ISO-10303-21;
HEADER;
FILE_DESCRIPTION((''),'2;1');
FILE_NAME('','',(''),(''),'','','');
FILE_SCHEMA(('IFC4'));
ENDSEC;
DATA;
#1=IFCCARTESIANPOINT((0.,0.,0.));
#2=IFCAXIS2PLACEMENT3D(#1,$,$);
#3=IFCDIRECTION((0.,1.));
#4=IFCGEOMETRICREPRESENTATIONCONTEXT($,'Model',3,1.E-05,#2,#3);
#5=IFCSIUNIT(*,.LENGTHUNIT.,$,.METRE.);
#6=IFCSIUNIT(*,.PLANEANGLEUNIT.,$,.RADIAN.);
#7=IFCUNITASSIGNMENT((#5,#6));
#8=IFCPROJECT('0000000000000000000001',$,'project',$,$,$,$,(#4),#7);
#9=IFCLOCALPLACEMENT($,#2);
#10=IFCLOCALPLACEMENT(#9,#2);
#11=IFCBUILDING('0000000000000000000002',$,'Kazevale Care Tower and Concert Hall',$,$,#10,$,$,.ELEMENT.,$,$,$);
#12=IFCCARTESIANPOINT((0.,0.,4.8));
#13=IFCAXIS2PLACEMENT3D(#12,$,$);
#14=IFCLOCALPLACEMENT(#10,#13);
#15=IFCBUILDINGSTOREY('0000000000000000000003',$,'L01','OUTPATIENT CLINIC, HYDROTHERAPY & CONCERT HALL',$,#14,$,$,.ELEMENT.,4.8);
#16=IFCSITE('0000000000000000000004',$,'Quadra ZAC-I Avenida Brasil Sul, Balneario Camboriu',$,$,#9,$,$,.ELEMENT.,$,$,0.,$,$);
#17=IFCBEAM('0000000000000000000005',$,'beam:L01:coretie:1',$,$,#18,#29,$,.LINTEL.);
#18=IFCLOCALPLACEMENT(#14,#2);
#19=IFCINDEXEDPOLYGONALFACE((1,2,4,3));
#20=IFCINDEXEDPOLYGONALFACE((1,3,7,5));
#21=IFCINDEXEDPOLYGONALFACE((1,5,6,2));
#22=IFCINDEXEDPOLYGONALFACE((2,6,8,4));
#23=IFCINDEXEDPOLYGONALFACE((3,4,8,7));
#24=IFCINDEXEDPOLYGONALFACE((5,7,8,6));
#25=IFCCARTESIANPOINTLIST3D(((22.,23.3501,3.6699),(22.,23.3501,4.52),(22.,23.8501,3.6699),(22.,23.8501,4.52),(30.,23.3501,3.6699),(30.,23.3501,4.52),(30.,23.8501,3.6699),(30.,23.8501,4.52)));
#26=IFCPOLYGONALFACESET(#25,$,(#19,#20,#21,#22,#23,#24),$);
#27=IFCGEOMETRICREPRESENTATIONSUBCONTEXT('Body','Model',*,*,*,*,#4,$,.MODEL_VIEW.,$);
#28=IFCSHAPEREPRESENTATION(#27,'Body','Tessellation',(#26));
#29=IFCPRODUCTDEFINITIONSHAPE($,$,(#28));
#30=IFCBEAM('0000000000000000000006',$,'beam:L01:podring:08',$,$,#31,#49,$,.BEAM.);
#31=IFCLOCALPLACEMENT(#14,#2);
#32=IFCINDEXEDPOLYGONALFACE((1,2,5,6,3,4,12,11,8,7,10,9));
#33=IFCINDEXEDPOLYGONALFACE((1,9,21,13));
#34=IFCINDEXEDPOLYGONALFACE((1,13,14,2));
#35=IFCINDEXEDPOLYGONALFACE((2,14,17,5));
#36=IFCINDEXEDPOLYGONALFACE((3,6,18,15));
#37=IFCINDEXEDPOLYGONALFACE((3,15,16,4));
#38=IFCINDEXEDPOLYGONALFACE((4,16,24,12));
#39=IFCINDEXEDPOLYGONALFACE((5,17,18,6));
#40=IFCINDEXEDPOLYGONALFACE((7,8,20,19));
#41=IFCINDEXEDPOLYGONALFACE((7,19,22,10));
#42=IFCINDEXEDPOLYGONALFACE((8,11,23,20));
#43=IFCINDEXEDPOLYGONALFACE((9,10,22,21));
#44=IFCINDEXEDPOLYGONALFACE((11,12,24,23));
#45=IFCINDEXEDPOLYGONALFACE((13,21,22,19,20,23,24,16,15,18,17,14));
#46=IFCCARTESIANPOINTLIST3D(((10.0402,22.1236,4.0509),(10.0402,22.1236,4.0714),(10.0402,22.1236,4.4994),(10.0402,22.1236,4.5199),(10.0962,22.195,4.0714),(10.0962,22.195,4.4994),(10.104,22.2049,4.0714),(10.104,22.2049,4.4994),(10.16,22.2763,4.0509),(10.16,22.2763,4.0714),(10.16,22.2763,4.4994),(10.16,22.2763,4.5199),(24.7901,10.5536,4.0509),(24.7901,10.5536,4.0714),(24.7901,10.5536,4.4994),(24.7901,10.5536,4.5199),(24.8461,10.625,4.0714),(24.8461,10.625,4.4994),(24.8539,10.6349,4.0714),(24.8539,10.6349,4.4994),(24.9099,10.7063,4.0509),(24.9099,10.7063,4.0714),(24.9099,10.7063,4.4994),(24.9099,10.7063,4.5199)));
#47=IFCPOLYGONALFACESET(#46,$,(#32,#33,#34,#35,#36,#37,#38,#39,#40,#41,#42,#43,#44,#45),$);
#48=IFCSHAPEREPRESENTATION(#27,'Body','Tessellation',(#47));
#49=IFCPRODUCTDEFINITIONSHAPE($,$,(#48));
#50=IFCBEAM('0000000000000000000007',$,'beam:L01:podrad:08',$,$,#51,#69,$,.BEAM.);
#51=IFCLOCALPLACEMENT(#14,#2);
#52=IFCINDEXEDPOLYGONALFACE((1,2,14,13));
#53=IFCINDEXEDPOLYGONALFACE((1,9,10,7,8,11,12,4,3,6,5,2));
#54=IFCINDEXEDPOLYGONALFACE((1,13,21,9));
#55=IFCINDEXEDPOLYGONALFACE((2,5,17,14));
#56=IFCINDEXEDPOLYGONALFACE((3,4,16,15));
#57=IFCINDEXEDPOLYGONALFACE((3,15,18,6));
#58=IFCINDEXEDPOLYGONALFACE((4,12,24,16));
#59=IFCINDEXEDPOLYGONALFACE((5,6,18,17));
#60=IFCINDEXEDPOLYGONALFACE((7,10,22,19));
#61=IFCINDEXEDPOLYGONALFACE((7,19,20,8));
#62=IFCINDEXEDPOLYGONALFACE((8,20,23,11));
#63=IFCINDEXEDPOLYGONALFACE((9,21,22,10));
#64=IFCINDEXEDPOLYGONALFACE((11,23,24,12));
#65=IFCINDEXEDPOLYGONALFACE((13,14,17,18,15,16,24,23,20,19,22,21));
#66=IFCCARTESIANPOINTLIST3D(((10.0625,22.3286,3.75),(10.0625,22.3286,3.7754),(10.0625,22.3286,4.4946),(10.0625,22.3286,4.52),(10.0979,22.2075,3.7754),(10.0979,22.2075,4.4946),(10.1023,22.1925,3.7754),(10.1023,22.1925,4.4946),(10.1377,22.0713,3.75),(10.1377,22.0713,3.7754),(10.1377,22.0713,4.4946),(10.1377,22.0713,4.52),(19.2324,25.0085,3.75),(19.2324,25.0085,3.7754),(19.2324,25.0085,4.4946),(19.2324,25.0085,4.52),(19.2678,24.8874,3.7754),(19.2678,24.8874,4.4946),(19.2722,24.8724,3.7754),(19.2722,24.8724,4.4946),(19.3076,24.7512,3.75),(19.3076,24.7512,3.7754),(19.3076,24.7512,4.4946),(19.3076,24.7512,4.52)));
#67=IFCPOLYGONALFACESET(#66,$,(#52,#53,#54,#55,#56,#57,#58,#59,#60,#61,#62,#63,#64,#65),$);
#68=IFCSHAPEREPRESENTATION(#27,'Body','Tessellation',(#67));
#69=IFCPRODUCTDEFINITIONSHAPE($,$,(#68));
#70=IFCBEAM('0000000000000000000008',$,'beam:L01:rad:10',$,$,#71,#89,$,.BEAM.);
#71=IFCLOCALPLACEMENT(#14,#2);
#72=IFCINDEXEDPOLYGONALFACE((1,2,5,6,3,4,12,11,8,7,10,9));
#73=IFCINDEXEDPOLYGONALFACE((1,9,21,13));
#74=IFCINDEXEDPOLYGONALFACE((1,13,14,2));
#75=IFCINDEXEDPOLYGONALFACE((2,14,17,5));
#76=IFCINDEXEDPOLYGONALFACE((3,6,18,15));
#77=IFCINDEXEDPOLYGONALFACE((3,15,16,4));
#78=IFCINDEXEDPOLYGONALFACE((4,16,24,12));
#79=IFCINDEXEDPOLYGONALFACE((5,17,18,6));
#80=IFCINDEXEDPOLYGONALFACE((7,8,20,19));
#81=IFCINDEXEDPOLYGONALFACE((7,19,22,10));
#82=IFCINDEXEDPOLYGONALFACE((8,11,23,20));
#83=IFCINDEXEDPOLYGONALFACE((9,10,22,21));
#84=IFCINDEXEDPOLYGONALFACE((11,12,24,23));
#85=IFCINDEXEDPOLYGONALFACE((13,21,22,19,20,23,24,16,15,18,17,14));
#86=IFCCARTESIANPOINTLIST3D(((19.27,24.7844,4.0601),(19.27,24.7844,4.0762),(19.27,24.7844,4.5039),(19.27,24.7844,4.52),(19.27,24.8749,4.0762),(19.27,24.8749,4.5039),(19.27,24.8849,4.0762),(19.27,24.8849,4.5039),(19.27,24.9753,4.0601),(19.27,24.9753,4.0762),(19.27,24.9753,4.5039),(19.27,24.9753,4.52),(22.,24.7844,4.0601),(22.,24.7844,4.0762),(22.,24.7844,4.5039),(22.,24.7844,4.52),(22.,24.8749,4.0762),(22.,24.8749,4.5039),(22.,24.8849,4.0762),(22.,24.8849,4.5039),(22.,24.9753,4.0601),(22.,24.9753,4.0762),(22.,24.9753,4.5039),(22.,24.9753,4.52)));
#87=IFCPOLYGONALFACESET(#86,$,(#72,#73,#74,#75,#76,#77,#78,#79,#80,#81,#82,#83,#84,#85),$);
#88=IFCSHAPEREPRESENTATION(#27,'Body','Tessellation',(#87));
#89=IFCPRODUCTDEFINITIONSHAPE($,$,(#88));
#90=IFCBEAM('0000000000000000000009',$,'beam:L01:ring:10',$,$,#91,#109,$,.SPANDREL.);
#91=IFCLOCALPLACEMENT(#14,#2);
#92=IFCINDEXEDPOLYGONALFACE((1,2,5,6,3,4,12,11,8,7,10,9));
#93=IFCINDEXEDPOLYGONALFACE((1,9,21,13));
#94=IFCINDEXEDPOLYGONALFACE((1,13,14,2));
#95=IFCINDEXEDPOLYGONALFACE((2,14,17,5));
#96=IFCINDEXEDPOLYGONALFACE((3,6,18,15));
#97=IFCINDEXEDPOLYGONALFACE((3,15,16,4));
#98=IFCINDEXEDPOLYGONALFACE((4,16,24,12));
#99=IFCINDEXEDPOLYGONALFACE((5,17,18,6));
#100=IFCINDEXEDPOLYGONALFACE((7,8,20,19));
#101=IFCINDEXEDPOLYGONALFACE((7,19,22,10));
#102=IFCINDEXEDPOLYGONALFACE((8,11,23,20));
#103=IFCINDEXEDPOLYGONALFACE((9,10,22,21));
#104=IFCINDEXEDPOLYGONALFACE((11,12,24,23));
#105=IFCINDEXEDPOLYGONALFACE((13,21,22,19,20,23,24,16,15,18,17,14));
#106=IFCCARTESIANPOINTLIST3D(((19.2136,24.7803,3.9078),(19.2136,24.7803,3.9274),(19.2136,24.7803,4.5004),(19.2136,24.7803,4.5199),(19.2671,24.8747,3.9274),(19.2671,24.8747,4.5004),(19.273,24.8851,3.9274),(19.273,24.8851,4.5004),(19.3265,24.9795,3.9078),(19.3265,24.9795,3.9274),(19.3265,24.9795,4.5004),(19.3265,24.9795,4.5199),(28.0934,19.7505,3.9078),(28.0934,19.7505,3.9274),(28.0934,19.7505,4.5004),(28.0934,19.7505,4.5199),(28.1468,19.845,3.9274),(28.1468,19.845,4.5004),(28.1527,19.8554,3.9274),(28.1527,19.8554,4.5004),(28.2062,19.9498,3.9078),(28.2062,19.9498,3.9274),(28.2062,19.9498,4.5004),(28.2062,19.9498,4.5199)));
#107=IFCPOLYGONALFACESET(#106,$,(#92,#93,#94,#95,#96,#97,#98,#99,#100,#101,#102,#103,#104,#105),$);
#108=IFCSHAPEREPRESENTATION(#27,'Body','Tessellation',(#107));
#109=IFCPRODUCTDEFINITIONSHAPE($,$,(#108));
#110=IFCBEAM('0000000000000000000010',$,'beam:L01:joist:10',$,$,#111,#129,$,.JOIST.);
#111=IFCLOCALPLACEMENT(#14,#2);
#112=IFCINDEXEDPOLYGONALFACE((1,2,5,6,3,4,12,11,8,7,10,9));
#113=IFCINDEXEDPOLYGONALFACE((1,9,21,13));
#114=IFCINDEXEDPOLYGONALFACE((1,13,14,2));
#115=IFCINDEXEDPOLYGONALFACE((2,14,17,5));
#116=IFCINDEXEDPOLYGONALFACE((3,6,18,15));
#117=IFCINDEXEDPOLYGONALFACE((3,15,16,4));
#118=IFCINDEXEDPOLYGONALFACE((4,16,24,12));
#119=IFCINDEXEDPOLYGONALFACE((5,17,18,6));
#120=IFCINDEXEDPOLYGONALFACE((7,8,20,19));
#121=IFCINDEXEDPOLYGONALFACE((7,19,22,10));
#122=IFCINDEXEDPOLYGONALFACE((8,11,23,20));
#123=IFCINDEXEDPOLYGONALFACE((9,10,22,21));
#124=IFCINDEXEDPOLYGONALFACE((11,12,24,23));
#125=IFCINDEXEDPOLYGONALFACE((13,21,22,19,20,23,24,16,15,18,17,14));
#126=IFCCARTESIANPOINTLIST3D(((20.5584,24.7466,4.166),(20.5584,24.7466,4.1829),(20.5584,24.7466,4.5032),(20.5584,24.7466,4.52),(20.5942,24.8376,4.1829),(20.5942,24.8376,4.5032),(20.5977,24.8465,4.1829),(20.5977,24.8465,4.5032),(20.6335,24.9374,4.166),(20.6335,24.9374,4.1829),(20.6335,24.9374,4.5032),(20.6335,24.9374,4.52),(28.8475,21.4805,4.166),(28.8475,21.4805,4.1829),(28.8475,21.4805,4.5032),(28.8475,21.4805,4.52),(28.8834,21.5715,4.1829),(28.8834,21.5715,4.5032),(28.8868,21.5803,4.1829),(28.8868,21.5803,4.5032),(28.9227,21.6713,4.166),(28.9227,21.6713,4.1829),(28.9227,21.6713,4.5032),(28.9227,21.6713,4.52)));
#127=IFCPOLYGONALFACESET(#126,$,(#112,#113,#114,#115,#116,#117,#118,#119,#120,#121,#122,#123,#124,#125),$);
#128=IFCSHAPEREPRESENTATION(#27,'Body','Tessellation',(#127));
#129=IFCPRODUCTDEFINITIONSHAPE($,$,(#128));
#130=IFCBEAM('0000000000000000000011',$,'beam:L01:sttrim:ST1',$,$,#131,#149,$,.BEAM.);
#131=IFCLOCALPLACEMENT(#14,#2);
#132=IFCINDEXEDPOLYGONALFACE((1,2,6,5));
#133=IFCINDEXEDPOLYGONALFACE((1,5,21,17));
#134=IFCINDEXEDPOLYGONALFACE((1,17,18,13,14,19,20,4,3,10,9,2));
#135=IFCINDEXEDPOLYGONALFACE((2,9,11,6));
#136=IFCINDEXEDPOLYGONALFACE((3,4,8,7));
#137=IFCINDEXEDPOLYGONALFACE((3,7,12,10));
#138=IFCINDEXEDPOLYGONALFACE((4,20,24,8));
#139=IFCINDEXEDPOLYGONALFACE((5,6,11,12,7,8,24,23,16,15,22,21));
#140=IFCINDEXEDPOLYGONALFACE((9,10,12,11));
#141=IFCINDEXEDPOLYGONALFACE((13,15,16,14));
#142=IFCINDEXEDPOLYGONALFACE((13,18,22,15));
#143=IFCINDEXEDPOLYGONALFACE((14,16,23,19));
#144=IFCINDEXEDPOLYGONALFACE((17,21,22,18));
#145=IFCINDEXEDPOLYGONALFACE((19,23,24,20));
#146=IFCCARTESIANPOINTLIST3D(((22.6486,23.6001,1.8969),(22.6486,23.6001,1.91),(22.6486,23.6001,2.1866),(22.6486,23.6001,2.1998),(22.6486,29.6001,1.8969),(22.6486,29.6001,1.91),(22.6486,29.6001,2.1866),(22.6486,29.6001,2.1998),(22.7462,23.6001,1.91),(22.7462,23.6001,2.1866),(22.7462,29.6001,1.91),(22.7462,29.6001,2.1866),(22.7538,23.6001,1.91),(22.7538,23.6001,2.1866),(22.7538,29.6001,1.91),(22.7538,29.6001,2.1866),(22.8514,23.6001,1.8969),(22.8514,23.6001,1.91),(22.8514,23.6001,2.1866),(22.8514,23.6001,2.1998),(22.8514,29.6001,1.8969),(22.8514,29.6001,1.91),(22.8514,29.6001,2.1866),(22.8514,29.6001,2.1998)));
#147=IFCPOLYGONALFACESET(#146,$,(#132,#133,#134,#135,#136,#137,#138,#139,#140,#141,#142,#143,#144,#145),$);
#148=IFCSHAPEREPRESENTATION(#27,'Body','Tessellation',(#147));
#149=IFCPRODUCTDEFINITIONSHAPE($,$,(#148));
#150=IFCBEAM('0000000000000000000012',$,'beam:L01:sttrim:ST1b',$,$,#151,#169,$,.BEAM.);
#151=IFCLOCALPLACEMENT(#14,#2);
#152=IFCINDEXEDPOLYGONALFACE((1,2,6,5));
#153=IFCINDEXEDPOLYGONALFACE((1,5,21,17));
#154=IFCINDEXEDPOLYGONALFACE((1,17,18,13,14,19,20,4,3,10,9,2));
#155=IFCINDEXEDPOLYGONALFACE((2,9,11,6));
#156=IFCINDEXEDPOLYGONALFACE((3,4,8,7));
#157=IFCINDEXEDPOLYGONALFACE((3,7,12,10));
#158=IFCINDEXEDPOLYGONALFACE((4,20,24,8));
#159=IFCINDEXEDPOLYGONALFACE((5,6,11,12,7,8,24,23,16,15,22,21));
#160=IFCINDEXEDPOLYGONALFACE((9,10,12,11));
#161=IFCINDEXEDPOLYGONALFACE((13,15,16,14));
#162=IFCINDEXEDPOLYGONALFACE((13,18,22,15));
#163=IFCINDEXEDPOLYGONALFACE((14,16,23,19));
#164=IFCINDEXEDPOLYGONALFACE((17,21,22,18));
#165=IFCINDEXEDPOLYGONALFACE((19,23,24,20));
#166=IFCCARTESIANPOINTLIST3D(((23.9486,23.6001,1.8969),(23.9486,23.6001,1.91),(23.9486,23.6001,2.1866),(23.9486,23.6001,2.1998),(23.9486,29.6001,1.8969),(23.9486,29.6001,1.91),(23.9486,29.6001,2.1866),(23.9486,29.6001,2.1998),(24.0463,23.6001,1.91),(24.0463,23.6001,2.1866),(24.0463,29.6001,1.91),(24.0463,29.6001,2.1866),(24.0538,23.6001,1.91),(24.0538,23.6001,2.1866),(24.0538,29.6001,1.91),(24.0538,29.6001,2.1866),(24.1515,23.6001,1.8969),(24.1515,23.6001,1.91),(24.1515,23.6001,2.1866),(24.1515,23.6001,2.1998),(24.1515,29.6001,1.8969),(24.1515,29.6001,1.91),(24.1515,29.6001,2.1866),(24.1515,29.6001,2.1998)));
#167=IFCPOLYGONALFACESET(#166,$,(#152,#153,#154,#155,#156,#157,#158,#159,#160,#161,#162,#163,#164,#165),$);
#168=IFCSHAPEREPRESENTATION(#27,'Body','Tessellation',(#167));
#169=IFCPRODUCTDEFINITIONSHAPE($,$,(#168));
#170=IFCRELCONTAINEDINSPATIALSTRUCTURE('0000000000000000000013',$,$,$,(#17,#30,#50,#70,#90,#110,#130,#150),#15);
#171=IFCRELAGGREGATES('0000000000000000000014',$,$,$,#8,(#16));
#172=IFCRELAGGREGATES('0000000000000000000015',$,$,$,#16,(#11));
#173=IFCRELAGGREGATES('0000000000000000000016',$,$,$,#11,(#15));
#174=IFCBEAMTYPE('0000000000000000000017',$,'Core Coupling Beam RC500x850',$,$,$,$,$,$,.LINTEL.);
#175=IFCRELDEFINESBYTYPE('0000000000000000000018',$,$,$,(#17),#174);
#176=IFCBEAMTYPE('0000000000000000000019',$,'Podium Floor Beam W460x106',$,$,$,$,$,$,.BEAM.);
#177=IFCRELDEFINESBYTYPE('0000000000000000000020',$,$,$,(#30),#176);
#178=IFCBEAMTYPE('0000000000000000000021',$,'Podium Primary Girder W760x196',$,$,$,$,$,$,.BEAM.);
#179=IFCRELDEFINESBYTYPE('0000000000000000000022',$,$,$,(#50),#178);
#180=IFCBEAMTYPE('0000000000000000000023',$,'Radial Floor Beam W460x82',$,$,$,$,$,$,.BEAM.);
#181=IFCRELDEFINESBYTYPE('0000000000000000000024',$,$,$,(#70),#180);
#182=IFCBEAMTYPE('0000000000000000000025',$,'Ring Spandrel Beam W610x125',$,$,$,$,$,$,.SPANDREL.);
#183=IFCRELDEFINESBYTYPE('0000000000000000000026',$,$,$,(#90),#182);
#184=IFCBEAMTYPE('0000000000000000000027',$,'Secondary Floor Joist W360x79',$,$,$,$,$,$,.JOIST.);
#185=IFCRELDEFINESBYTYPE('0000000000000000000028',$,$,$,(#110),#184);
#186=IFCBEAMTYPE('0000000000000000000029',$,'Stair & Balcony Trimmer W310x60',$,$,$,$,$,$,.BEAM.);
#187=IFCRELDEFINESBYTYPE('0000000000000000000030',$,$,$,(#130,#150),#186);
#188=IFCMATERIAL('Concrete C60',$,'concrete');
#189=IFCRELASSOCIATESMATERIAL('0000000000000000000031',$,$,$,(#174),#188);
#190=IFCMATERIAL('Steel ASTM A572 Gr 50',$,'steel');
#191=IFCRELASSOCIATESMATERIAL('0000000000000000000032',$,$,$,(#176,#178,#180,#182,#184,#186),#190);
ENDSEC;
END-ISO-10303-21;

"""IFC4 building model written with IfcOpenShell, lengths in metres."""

from ifc_helpers import new_model, si_unit, direction, frame, origin, origin_2d, place, context, subcontext, project, spatial, rectangle, i_section, extrude, material, material_profile, profile_set, type_object, element, save


model = new_model("IFC4")

# Units and contexts
model_context = context("Model", 3, precision=1e-05, world=origin(), true_north=direction((0.0, 1.0)))
body_context = subcontext(model_context, "Body", "Model", "MODEL_VIEW")
ifc_project = project(units=[si_unit("LENGTHUNIT", "METRE"), si_unit("PLANEANGLEUNIT", "RADIAN")], contexts=[model_context])

# Site, building, storey
site_placement = place(None, origin())
site = spatial("IfcSite", under=ifc_project, at=site_placement, Name="Quadra ZAC-I Avenida Brasil Sul, Balneario Camboriu", CompositionType="ELEMENT", RefElevation=0.0)
building_placement = place(site_placement, origin())
building = spatial("IfcBuilding", under=site, at=building_placement, Name="Kazevale Care Tower and Concert Hall", CompositionType="ELEMENT")
storey_placement = place(building_placement, frame((0.0, 0.0, 4.8)))
storey = spatial("IfcBuildingStorey", under=building, at=storey_placement, Name="L01", Description="OUTPATIENT CLINIC, HYDROTHERAPY & CONCERT HALL", CompositionType="ELEMENT", Elevation=4.8)

# Shared definitions
ifc_material_1 = material(Name="Concrete C60", Category="concrete")

# Beams
ifc_material_profile_1 = material_profile(ifc_material_1, rectangle(XDim=0.5, YDim=0.8501, at=origin_2d()), Name="RC-B500x850")
ifc_profile_set_1 = profile_set([ifc_material_profile_1], Name="Concrete C60")
beam_type_1 = type_object("IfcBeamType", Name="Core Coupling Beam RC500x850", PredefinedType="LINTEL", material=ifc_profile_set_1)
beam_1_placement = place(storey_placement, frame((22.0, 23.6001, 4.095), z_axis=(1.0, 0.0, 0.0), x_axis=(0.0, 1.0, 0.0)))
element("IfcBeam", 1, at=beam_1_placement, inside=storey, type_object=beam_type_1, Name="beam:L01:coretie:1", PredefinedType="LINTEL", context=body_context, shape_type="SweptSolid", body=[
    extrude(rectangle(XDim=0.5, YDim=0.8501, at=origin_2d()), origin(), (0.0, 0.0, 1.0), 8.0),
])
ifc_material_2 = material(Name="Steel ASTM A572 Gr 50", Category="steel")
ifc_material_profile_2 = material_profile(ifc_material_2, i_section(OverallWidth=0.1941, OverallDepth=0.469, WebThickness=0.0127, FlangeThickness=0.0205, at=origin_2d()), Name="W460x106")
ifc_profile_set_2 = profile_set([ifc_material_profile_2], Name="Steel ASTM A572 Gr 50")
beam_type_2 = type_object("IfcBeamType", Name="Podium Floor Beam W460x106", PredefinedType="BEAM", material=ifc_profile_set_2)
beam_2_placement = place(storey_placement, frame((10.1001, 22.2, 4.2854), z_axis=(0.786816, -0.617188, 0.0), x_axis=(0.617188, 0.786816, 0.0)))
element("IfcBeam", 2, at=beam_2_placement, inside=storey, type_object=beam_type_2, Name="beam:L01:podring:08", PredefinedType="BEAM", context=body_context, shape_type="SweptSolid", body=[
    extrude(i_section(OverallWidth=0.1941, OverallDepth=0.469, WebThickness=0.0127, FlangeThickness=0.0205, at=origin_2d()), origin(), (0.0, 0.0, 1.0), 18.7463),
])
ifc_material_profile_3 = material_profile(ifc_material_2, i_section(OverallWidth=0.2681, OverallDepth=0.77, WebThickness=0.0156, FlangeThickness=0.0254, at=origin_2d()), Name="W760x196")
ifc_profile_set_3 = profile_set([ifc_material_profile_3], Name="Steel ASTM A572 Gr 50")
beam_type_3 = type_object("IfcBeamType", Name="Podium Primary Girder W760x196", PredefinedType="BEAM", material=ifc_profile_set_3)
beam_3_placement = place(storey_placement, frame((19.27, 24.8799, 4.135), z_axis=(-0.959849, -0.280518, 0.0), x_axis=(0.280518, -0.959849, 0.0)))
element("IfcBeam", 3, at=beam_3_placement, inside=storey, type_object=beam_type_3, Name="beam:L01:podrad:08", PredefinedType="BEAM", context=body_context, shape_type="SweptSolid", body=[
    extrude(i_section(OverallWidth=0.2681, OverallDepth=0.77, WebThickness=0.0156, FlangeThickness=0.0254, at=origin_2d()), origin(), (0.0, 0.0, 1.0), 9.5535),
])
ifc_material_profile_4 = material_profile(ifc_material_2, i_section(OverallWidth=0.1909, OverallDepth=0.46, WebThickness=0.01, FlangeThickness=0.0161, at=origin_2d()), Name="W460x82")
ifc_profile_set_4 = profile_set([ifc_material_profile_4], Name="Steel ASTM A572 Gr 50")
beam_type_4 = type_object("IfcBeamType", Name="Radial Floor Beam W460x82", PredefinedType="BEAM", material=ifc_profile_set_4)
beam_4_placement = place(storey_placement, frame((22.0, 24.8799, 4.29), z_axis=(-1.0, 0.0, 0.0), x_axis=(0.0, -1.0, 0.0)))
element("IfcBeam", 4, at=beam_4_placement, inside=storey, type_object=beam_type_4, Name="beam:L01:rad:10", PredefinedType="BEAM", context=body_context, shape_type="SweptSolid", body=[
    extrude(i_section(OverallWidth=0.1909, OverallDepth=0.46, WebThickness=0.01, FlangeThickness=0.0161, at=origin_2d()), origin(), (0.0, 0.0, 1.0), 2.73),
])
ifc_material_profile_5 = material_profile(ifc_material_2, i_section(OverallWidth=0.229, OverallDepth=0.6121, WebThickness=0.012, FlangeThickness=0.0195, at=origin_2d()), Name="W610x125")
ifc_profile_set_5 = profile_set([ifc_material_profile_5], Name="Steel ASTM A572 Gr 50")
beam_type_5 = type_object("IfcBeamType", Name="Ring Spandrel Beam W610x125", PredefinedType="SPANDREL", material=ifc_profile_set_5)
beam_5_placement = place(storey_placement, frame((19.27, 24.8799, 4.2139), z_axis=(0.870112, -0.492853, 0.0), x_axis=(0.492853, 0.870112, 0.0)))
element("IfcBeam", 5, at=beam_5_placement, inside=storey, type_object=beam_type_5, Name="beam:L01:ring:10", PredefinedType="SPANDREL", context=body_context, shape_type="SweptSolid", body=[
    extrude(i_section(OverallWidth=0.229, OverallDepth=0.6121, WebThickness=0.012, FlangeThickness=0.0195, at=origin_2d()), origin(), (0.0, 0.0, 1.0), 10.2053),
])
ifc_material_profile_6 = material_profile(ifc_material_2, i_section(OverallWidth=0.2051, OverallDepth=0.354, WebThickness=0.0095, FlangeThickness=0.0168, at=origin_2d()), Name="W360x79")
ifc_profile_set_6 = profile_set([ifc_material_profile_6], Name="Steel ASTM A572 Gr 50")
beam_type_6 = type_object("IfcBeamType", Name="Secondary Floor Joist W360x79", PredefinedType="JOIST", material=ifc_profile_set_6)
beam_6_placement = place(storey_placement, frame((20.5959, 24.842, 4.343), z_axis=(0.930381, -0.366595, 0.0), x_axis=(0.366595, 0.930381, 0.0)))
element("IfcBeam", 6, at=beam_6_placement, inside=storey, type_object=beam_type_6, Name="beam:L01:joist:10", PredefinedType="JOIST", context=body_context, shape_type="SweptSolid", body=[
    extrude(i_section(OverallWidth=0.2051, OverallDepth=0.354, WebThickness=0.0095, FlangeThickness=0.0168, at=origin_2d()), origin(), (0.0, 0.0, 1.0), 8.9094),
])
ifc_material_profile_7 = material_profile(ifc_material_2, i_section(OverallWidth=0.2029, OverallDepth=0.303, WebThickness=0.0076, FlangeThickness=0.0132, at=origin_2d()), Name="W310x60")
ifc_profile_set_7 = profile_set([ifc_material_profile_7], Name="Steel ASTM A572 Gr 50")
beam_type_7 = type_object("IfcBeamType", Name="Stair & Balcony Trimmer W310x60", PredefinedType="BEAM", material=ifc_profile_set_7)
for number, where, z_axis, x_axis, name in (
    (7, (22.75, 23.6001, 2.0483), (0.0, 1.0, 0.0), (-1.0, 0.0, 0.0), "beam:L01:sttrim:ST1"),
    (8, (24.05, 23.6001, 2.0483), (0.0, 1.0, 0.0), (-1.0, 0.0, 0.0), "beam:L01:sttrim:ST1b"),
):
    element("IfcBeam", number, at=place(storey_placement, frame(where, z_axis=z_axis, x_axis=x_axis)), inside=storey, type_object=beam_type_7, Name=name, PredefinedType="BEAM", context=body_context, shape_type="SweptSolid", body=[
        extrude(i_section(OverallWidth=0.2029, OverallDepth=0.303, WebThickness=0.0076, FlangeThickness=0.0132, at=origin_2d()), origin(), (0.0, 0.0, 1.0), 6.0),
    ])

save(model, "model.ifc")
